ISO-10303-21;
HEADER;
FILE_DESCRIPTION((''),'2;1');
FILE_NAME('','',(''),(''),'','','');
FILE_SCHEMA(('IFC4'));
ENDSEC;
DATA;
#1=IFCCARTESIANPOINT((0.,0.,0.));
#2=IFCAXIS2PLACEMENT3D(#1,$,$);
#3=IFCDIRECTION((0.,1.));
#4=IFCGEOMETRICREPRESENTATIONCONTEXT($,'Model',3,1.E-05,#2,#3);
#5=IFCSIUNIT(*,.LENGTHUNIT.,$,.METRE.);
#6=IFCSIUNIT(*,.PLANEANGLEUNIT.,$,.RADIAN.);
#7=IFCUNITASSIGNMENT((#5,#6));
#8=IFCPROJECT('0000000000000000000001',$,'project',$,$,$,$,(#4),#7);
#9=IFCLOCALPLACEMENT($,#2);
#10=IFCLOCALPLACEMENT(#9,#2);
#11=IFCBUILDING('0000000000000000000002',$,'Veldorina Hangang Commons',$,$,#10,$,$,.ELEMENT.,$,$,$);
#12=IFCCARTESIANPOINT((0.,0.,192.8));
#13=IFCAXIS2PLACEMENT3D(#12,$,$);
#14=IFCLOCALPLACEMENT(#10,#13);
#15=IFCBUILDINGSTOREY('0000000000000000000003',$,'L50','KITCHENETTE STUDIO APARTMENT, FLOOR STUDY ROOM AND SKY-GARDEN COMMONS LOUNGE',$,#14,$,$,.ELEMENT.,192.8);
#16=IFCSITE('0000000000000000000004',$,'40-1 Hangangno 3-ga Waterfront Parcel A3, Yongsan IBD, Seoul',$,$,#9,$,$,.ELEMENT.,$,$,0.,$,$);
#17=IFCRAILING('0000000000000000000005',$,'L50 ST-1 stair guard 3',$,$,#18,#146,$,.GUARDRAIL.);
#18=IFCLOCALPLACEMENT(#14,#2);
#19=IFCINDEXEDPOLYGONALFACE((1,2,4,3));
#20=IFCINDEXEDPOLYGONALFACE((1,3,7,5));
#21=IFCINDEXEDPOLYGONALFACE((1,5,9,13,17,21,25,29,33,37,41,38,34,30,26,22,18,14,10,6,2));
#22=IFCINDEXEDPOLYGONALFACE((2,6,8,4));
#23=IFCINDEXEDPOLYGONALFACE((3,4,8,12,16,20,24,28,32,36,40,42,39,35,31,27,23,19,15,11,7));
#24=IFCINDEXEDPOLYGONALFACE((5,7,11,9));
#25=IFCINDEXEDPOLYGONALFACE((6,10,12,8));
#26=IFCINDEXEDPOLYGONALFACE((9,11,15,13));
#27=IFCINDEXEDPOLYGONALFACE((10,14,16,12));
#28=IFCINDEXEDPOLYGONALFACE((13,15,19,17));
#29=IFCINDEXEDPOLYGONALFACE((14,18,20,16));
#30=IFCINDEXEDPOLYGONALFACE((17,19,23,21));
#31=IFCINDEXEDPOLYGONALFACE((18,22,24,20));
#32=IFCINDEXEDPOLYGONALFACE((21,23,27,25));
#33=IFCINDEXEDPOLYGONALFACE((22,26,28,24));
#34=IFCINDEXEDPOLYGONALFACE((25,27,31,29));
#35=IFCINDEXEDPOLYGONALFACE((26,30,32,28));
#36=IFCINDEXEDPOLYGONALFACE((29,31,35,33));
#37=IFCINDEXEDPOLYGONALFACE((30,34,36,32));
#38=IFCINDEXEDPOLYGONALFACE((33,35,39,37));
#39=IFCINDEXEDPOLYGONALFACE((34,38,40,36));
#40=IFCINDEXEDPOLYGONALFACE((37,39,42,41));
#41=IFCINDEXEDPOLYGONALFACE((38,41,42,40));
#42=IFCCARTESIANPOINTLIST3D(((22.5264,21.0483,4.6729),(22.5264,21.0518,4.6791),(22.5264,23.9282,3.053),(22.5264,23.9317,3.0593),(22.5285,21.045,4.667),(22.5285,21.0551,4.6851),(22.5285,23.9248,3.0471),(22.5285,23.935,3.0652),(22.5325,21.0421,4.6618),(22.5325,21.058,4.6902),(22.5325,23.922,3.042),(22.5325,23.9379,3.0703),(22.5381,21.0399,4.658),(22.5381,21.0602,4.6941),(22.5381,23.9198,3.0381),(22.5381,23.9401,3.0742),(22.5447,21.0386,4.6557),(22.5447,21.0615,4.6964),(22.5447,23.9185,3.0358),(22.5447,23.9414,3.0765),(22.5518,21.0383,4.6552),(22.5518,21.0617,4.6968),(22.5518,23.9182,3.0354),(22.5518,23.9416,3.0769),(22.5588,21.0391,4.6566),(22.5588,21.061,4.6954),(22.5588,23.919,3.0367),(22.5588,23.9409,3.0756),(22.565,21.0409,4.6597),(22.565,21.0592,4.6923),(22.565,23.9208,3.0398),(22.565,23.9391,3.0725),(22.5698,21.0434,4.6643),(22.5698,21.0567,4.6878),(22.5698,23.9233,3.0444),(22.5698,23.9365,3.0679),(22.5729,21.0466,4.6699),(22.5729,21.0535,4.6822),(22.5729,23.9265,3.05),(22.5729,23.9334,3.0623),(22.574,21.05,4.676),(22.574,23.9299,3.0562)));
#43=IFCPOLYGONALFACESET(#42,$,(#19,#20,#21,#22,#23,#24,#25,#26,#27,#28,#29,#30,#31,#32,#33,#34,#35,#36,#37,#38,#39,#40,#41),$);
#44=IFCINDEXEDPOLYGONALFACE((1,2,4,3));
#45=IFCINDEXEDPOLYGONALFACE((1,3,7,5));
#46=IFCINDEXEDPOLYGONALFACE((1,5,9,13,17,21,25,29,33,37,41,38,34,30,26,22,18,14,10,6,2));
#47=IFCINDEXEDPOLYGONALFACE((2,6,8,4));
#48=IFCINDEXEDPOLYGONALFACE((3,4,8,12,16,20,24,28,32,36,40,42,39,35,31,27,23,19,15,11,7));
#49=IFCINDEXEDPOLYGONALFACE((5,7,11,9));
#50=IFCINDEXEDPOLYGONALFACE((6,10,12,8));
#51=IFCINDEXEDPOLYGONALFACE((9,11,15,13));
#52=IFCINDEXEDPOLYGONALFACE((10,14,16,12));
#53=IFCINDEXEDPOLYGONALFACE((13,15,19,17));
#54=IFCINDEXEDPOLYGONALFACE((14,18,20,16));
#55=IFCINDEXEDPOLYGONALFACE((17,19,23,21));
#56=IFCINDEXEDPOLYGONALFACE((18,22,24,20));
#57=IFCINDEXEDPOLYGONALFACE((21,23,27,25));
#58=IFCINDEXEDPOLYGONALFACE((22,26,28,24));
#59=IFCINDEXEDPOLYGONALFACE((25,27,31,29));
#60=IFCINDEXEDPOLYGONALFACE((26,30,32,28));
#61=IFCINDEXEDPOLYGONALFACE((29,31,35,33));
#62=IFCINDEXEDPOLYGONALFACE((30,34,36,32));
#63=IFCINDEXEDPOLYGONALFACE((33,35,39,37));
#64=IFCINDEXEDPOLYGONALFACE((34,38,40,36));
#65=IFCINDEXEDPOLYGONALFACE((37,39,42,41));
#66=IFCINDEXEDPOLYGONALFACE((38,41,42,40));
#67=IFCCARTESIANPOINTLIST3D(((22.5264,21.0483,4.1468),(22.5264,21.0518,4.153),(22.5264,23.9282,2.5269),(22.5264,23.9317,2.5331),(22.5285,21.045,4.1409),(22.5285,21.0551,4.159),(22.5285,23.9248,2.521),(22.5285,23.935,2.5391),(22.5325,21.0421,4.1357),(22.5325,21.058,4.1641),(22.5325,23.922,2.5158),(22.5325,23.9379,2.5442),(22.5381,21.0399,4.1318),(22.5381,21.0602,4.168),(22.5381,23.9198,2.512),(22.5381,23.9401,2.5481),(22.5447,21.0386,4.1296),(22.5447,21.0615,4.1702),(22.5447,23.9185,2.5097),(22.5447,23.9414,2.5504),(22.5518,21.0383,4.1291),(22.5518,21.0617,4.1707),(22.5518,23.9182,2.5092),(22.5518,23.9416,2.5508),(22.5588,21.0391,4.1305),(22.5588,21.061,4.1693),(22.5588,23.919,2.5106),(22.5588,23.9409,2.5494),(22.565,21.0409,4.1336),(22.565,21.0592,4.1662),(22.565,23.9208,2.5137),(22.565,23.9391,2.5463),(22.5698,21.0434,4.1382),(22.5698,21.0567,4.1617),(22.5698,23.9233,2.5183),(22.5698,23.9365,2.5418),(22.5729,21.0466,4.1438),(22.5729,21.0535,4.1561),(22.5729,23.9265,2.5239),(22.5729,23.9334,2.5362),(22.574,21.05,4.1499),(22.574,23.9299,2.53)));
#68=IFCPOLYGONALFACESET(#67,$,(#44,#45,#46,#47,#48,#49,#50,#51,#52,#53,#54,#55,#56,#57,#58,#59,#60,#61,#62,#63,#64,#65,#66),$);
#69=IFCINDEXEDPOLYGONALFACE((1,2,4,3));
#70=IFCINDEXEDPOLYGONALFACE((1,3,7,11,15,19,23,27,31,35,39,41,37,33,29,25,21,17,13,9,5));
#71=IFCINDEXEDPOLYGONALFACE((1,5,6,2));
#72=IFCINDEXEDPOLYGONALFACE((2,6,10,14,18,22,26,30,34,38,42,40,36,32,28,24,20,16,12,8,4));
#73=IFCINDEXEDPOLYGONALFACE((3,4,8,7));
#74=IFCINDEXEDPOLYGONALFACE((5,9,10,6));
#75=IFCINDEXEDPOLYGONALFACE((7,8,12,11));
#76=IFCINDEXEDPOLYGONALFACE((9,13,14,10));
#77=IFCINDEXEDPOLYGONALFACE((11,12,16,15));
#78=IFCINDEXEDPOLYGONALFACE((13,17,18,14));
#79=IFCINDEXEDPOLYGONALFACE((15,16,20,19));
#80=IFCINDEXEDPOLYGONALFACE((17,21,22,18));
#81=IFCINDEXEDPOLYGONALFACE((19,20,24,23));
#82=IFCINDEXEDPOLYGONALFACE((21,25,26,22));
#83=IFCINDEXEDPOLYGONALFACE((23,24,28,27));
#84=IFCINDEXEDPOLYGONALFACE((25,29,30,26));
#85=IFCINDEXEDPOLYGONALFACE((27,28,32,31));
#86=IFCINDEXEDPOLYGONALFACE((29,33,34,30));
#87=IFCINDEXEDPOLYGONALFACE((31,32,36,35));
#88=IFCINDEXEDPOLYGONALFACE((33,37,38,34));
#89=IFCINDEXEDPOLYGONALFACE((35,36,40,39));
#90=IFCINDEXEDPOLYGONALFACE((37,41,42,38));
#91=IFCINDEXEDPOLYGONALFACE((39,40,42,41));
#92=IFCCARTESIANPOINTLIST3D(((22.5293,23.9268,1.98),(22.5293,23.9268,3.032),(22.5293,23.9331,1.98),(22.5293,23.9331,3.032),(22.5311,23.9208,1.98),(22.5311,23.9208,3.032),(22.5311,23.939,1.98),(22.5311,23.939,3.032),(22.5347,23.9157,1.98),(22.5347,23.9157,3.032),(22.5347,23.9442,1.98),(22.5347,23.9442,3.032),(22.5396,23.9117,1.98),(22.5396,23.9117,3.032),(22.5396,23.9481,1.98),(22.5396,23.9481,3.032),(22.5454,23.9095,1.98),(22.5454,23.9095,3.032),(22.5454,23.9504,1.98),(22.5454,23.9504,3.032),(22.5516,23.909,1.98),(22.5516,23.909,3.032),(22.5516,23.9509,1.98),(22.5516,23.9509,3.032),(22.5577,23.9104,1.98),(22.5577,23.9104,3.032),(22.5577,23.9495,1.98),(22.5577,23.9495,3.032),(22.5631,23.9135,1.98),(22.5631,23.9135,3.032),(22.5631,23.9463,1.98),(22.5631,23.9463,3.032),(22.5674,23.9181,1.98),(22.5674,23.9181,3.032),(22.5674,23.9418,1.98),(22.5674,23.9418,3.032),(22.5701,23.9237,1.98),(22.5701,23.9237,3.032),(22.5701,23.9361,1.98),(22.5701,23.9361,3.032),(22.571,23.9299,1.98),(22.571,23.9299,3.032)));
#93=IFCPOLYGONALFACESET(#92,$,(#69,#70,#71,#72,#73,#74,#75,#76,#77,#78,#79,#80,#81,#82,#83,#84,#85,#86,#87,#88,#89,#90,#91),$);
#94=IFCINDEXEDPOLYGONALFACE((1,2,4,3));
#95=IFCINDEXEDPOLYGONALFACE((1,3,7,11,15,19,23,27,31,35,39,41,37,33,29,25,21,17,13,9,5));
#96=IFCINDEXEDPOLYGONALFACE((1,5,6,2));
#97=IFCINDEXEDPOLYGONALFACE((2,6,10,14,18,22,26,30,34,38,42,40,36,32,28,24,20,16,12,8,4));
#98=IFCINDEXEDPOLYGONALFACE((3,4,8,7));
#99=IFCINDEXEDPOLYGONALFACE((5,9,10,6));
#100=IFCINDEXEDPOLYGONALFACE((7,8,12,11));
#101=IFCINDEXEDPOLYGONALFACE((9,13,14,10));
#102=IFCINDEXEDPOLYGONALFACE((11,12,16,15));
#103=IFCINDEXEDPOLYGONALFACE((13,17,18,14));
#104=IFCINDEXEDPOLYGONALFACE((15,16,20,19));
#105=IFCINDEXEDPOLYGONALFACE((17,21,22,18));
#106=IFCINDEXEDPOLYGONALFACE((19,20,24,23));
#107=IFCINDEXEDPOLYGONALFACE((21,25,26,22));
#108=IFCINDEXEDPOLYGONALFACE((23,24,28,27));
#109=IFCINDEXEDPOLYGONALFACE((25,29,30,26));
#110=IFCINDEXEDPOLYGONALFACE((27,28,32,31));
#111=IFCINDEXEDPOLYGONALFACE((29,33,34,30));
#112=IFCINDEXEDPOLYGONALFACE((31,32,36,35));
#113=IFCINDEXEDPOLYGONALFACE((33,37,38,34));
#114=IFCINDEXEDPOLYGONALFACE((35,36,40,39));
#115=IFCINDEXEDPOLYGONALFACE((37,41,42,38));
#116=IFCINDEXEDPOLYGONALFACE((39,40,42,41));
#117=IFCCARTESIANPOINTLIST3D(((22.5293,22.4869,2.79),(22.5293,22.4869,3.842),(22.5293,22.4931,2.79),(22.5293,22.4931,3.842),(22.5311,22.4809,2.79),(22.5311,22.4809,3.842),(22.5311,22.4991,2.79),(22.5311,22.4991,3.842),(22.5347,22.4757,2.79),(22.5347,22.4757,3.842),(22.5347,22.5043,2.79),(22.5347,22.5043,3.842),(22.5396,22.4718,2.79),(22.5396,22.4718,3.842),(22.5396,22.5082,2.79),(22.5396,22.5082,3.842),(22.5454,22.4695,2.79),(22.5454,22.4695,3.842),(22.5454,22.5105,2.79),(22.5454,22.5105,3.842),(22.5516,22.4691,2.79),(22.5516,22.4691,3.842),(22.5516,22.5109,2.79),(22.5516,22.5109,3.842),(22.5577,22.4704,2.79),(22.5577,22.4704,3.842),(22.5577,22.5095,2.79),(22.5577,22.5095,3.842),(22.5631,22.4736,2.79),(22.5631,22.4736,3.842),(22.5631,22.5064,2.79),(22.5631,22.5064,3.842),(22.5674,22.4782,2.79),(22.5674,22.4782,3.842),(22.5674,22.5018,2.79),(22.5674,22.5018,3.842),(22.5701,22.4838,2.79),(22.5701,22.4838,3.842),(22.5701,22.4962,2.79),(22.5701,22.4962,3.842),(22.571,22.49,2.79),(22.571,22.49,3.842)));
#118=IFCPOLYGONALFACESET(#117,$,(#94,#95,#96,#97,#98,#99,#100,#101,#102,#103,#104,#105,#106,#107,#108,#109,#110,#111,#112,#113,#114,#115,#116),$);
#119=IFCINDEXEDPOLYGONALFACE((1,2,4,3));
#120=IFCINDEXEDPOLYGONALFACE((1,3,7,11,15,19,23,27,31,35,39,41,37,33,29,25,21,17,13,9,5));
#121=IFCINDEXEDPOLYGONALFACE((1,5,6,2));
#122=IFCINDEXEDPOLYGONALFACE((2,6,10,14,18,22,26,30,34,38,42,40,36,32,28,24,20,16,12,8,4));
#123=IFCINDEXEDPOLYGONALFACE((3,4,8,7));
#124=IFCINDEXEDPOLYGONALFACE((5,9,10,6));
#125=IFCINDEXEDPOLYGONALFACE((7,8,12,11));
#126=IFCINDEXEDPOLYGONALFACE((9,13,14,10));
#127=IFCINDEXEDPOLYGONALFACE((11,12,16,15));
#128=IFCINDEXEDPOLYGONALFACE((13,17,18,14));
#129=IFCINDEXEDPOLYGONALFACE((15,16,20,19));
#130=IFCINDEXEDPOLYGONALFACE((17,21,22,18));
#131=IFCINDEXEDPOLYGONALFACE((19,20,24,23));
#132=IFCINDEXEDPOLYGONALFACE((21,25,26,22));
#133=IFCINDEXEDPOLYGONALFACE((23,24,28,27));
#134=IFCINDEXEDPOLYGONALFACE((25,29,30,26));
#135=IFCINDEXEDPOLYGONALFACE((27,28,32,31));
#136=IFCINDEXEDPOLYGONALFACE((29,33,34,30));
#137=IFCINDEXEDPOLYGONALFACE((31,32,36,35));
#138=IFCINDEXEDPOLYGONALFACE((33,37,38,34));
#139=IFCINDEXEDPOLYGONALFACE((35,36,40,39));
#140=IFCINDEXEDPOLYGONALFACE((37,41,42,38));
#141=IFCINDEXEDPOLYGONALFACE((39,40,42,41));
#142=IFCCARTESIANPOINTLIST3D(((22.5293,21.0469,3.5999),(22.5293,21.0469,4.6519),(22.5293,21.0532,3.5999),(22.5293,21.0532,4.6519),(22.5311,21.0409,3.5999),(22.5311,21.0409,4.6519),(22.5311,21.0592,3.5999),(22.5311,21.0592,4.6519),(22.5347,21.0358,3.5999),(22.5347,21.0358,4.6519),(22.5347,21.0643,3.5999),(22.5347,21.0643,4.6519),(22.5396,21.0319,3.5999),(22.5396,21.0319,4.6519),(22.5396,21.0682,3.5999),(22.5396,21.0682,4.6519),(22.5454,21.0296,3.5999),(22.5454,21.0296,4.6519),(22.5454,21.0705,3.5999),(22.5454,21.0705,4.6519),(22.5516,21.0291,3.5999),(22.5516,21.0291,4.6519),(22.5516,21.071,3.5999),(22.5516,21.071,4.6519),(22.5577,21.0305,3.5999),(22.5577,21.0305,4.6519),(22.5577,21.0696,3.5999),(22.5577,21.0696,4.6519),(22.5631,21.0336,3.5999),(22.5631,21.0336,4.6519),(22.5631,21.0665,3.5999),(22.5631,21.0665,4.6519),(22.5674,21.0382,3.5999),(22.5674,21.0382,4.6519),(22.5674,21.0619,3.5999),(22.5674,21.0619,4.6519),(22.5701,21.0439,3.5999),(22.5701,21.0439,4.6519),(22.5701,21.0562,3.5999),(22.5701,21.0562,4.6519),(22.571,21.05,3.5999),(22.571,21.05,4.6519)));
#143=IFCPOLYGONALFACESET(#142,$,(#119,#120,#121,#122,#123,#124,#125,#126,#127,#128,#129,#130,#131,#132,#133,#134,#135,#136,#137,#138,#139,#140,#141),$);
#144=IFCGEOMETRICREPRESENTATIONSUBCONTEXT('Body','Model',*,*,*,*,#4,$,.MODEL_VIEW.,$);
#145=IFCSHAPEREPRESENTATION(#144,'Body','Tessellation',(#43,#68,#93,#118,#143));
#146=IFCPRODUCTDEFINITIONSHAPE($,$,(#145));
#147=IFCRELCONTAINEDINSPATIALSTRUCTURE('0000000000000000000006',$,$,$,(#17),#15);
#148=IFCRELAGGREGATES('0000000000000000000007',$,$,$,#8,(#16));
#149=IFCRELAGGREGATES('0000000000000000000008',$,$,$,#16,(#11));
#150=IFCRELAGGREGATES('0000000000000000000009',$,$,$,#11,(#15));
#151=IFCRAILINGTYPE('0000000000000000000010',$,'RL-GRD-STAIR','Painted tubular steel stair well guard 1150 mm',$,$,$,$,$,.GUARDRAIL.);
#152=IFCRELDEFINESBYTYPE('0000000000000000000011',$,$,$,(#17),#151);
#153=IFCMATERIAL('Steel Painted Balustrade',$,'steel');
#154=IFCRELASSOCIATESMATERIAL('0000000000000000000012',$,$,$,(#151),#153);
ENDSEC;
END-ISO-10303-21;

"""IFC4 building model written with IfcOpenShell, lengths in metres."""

from ifc_helpers import new_model, si_unit, direction, frame, origin, origin_2d, place, context, subcontext, project, spatial, circle, extrude, material, type_object, element, save


model = new_model("IFC4")

# Units and contexts
model_context = context("Model", 3, precision=1e-05, world=origin(), true_north=direction((0.0, 1.0)))
body_context = subcontext(model_context, "Body", "Model", "MODEL_VIEW")
ifc_project = project(units=[si_unit("LENGTHUNIT", "METRE"), si_unit("PLANEANGLEUNIT", "RADIAN")], contexts=[model_context])

# Site, building, storey
site_placement = place(None, origin())
site = spatial("IfcSite", under=ifc_project, at=site_placement, Name="40-1 Hangangno 3-ga Waterfront Parcel A3, Yongsan IBD, Seoul", CompositionType="ELEMENT", RefElevation=0.0)
building_placement = place(site_placement, origin())
building = spatial("IfcBuilding", under=site, at=building_placement, Name="Veldorina Hangang Commons", CompositionType="ELEMENT")
storey_placement = place(building_placement, frame((0.0, 0.0, 192.8)))
storey = spatial("IfcBuildingStorey", under=building, at=storey_placement, Name="L50", Description="KITCHENETTE STUDIO APARTMENT, FLOOR STUDY ROOM AND SKY-GARDEN COMMONS LOUNGE", CompositionType="ELEMENT", Elevation=192.8)

# Railing
ifc_material_1 = material(Name="Steel Painted Balustrade", Category="steel")
railing_type_1 = type_object("IfcRailingType", Name="RL-GRD-STAIR", Description="Painted tubular steel stair well guard 1150 mm", PredefinedType="GUARDRAIL", material=ifc_material_1)
railing_1_placement = place(storey_placement, frame((22.55, 23.9299, 1.98)))
element("IfcRailing", 1, at=railing_1_placement, inside=storey, type_object=railing_type_1, Name="L50 ST-1 stair guard 3", PredefinedType="GUARDRAIL", context=body_context, shape_type="SweptSolid", body=[
    extrude(circle(Radius=0.0239, at=origin_2d()), frame((0.0, 0.0, 1.0762), z_axis=(0.0, -0.871583, 0.490247), x_axis=(1.0, 0.0, 0.0)), (0.0, 0.0, 1.0), 3.3042),
    extrude(circle(Radius=0.0239, at=origin_2d()), frame((0.0, 0.0, 0.55), z_axis=(0.0, -0.871583, 0.490247), x_axis=(1.0, 0.0, 0.0)), (0.0, 0.0, 1.0), 3.3042),
    extrude(circle(Radius=0.021, at=origin_2d()), origin(), (0.0, 0.0, 1.0), 1.052),
    extrude(circle(Radius=0.021, at=origin_2d()), frame((0.0, -1.4399, 0.8101)), (0.0, 0.0, 1.0), 1.052),
    extrude(circle(Radius=0.021, at=origin_2d()), frame((0.0, -2.8799, 1.6199)), (0.0, 0.0, 1.0), 1.052),
])

save(model, "model.ifc")
